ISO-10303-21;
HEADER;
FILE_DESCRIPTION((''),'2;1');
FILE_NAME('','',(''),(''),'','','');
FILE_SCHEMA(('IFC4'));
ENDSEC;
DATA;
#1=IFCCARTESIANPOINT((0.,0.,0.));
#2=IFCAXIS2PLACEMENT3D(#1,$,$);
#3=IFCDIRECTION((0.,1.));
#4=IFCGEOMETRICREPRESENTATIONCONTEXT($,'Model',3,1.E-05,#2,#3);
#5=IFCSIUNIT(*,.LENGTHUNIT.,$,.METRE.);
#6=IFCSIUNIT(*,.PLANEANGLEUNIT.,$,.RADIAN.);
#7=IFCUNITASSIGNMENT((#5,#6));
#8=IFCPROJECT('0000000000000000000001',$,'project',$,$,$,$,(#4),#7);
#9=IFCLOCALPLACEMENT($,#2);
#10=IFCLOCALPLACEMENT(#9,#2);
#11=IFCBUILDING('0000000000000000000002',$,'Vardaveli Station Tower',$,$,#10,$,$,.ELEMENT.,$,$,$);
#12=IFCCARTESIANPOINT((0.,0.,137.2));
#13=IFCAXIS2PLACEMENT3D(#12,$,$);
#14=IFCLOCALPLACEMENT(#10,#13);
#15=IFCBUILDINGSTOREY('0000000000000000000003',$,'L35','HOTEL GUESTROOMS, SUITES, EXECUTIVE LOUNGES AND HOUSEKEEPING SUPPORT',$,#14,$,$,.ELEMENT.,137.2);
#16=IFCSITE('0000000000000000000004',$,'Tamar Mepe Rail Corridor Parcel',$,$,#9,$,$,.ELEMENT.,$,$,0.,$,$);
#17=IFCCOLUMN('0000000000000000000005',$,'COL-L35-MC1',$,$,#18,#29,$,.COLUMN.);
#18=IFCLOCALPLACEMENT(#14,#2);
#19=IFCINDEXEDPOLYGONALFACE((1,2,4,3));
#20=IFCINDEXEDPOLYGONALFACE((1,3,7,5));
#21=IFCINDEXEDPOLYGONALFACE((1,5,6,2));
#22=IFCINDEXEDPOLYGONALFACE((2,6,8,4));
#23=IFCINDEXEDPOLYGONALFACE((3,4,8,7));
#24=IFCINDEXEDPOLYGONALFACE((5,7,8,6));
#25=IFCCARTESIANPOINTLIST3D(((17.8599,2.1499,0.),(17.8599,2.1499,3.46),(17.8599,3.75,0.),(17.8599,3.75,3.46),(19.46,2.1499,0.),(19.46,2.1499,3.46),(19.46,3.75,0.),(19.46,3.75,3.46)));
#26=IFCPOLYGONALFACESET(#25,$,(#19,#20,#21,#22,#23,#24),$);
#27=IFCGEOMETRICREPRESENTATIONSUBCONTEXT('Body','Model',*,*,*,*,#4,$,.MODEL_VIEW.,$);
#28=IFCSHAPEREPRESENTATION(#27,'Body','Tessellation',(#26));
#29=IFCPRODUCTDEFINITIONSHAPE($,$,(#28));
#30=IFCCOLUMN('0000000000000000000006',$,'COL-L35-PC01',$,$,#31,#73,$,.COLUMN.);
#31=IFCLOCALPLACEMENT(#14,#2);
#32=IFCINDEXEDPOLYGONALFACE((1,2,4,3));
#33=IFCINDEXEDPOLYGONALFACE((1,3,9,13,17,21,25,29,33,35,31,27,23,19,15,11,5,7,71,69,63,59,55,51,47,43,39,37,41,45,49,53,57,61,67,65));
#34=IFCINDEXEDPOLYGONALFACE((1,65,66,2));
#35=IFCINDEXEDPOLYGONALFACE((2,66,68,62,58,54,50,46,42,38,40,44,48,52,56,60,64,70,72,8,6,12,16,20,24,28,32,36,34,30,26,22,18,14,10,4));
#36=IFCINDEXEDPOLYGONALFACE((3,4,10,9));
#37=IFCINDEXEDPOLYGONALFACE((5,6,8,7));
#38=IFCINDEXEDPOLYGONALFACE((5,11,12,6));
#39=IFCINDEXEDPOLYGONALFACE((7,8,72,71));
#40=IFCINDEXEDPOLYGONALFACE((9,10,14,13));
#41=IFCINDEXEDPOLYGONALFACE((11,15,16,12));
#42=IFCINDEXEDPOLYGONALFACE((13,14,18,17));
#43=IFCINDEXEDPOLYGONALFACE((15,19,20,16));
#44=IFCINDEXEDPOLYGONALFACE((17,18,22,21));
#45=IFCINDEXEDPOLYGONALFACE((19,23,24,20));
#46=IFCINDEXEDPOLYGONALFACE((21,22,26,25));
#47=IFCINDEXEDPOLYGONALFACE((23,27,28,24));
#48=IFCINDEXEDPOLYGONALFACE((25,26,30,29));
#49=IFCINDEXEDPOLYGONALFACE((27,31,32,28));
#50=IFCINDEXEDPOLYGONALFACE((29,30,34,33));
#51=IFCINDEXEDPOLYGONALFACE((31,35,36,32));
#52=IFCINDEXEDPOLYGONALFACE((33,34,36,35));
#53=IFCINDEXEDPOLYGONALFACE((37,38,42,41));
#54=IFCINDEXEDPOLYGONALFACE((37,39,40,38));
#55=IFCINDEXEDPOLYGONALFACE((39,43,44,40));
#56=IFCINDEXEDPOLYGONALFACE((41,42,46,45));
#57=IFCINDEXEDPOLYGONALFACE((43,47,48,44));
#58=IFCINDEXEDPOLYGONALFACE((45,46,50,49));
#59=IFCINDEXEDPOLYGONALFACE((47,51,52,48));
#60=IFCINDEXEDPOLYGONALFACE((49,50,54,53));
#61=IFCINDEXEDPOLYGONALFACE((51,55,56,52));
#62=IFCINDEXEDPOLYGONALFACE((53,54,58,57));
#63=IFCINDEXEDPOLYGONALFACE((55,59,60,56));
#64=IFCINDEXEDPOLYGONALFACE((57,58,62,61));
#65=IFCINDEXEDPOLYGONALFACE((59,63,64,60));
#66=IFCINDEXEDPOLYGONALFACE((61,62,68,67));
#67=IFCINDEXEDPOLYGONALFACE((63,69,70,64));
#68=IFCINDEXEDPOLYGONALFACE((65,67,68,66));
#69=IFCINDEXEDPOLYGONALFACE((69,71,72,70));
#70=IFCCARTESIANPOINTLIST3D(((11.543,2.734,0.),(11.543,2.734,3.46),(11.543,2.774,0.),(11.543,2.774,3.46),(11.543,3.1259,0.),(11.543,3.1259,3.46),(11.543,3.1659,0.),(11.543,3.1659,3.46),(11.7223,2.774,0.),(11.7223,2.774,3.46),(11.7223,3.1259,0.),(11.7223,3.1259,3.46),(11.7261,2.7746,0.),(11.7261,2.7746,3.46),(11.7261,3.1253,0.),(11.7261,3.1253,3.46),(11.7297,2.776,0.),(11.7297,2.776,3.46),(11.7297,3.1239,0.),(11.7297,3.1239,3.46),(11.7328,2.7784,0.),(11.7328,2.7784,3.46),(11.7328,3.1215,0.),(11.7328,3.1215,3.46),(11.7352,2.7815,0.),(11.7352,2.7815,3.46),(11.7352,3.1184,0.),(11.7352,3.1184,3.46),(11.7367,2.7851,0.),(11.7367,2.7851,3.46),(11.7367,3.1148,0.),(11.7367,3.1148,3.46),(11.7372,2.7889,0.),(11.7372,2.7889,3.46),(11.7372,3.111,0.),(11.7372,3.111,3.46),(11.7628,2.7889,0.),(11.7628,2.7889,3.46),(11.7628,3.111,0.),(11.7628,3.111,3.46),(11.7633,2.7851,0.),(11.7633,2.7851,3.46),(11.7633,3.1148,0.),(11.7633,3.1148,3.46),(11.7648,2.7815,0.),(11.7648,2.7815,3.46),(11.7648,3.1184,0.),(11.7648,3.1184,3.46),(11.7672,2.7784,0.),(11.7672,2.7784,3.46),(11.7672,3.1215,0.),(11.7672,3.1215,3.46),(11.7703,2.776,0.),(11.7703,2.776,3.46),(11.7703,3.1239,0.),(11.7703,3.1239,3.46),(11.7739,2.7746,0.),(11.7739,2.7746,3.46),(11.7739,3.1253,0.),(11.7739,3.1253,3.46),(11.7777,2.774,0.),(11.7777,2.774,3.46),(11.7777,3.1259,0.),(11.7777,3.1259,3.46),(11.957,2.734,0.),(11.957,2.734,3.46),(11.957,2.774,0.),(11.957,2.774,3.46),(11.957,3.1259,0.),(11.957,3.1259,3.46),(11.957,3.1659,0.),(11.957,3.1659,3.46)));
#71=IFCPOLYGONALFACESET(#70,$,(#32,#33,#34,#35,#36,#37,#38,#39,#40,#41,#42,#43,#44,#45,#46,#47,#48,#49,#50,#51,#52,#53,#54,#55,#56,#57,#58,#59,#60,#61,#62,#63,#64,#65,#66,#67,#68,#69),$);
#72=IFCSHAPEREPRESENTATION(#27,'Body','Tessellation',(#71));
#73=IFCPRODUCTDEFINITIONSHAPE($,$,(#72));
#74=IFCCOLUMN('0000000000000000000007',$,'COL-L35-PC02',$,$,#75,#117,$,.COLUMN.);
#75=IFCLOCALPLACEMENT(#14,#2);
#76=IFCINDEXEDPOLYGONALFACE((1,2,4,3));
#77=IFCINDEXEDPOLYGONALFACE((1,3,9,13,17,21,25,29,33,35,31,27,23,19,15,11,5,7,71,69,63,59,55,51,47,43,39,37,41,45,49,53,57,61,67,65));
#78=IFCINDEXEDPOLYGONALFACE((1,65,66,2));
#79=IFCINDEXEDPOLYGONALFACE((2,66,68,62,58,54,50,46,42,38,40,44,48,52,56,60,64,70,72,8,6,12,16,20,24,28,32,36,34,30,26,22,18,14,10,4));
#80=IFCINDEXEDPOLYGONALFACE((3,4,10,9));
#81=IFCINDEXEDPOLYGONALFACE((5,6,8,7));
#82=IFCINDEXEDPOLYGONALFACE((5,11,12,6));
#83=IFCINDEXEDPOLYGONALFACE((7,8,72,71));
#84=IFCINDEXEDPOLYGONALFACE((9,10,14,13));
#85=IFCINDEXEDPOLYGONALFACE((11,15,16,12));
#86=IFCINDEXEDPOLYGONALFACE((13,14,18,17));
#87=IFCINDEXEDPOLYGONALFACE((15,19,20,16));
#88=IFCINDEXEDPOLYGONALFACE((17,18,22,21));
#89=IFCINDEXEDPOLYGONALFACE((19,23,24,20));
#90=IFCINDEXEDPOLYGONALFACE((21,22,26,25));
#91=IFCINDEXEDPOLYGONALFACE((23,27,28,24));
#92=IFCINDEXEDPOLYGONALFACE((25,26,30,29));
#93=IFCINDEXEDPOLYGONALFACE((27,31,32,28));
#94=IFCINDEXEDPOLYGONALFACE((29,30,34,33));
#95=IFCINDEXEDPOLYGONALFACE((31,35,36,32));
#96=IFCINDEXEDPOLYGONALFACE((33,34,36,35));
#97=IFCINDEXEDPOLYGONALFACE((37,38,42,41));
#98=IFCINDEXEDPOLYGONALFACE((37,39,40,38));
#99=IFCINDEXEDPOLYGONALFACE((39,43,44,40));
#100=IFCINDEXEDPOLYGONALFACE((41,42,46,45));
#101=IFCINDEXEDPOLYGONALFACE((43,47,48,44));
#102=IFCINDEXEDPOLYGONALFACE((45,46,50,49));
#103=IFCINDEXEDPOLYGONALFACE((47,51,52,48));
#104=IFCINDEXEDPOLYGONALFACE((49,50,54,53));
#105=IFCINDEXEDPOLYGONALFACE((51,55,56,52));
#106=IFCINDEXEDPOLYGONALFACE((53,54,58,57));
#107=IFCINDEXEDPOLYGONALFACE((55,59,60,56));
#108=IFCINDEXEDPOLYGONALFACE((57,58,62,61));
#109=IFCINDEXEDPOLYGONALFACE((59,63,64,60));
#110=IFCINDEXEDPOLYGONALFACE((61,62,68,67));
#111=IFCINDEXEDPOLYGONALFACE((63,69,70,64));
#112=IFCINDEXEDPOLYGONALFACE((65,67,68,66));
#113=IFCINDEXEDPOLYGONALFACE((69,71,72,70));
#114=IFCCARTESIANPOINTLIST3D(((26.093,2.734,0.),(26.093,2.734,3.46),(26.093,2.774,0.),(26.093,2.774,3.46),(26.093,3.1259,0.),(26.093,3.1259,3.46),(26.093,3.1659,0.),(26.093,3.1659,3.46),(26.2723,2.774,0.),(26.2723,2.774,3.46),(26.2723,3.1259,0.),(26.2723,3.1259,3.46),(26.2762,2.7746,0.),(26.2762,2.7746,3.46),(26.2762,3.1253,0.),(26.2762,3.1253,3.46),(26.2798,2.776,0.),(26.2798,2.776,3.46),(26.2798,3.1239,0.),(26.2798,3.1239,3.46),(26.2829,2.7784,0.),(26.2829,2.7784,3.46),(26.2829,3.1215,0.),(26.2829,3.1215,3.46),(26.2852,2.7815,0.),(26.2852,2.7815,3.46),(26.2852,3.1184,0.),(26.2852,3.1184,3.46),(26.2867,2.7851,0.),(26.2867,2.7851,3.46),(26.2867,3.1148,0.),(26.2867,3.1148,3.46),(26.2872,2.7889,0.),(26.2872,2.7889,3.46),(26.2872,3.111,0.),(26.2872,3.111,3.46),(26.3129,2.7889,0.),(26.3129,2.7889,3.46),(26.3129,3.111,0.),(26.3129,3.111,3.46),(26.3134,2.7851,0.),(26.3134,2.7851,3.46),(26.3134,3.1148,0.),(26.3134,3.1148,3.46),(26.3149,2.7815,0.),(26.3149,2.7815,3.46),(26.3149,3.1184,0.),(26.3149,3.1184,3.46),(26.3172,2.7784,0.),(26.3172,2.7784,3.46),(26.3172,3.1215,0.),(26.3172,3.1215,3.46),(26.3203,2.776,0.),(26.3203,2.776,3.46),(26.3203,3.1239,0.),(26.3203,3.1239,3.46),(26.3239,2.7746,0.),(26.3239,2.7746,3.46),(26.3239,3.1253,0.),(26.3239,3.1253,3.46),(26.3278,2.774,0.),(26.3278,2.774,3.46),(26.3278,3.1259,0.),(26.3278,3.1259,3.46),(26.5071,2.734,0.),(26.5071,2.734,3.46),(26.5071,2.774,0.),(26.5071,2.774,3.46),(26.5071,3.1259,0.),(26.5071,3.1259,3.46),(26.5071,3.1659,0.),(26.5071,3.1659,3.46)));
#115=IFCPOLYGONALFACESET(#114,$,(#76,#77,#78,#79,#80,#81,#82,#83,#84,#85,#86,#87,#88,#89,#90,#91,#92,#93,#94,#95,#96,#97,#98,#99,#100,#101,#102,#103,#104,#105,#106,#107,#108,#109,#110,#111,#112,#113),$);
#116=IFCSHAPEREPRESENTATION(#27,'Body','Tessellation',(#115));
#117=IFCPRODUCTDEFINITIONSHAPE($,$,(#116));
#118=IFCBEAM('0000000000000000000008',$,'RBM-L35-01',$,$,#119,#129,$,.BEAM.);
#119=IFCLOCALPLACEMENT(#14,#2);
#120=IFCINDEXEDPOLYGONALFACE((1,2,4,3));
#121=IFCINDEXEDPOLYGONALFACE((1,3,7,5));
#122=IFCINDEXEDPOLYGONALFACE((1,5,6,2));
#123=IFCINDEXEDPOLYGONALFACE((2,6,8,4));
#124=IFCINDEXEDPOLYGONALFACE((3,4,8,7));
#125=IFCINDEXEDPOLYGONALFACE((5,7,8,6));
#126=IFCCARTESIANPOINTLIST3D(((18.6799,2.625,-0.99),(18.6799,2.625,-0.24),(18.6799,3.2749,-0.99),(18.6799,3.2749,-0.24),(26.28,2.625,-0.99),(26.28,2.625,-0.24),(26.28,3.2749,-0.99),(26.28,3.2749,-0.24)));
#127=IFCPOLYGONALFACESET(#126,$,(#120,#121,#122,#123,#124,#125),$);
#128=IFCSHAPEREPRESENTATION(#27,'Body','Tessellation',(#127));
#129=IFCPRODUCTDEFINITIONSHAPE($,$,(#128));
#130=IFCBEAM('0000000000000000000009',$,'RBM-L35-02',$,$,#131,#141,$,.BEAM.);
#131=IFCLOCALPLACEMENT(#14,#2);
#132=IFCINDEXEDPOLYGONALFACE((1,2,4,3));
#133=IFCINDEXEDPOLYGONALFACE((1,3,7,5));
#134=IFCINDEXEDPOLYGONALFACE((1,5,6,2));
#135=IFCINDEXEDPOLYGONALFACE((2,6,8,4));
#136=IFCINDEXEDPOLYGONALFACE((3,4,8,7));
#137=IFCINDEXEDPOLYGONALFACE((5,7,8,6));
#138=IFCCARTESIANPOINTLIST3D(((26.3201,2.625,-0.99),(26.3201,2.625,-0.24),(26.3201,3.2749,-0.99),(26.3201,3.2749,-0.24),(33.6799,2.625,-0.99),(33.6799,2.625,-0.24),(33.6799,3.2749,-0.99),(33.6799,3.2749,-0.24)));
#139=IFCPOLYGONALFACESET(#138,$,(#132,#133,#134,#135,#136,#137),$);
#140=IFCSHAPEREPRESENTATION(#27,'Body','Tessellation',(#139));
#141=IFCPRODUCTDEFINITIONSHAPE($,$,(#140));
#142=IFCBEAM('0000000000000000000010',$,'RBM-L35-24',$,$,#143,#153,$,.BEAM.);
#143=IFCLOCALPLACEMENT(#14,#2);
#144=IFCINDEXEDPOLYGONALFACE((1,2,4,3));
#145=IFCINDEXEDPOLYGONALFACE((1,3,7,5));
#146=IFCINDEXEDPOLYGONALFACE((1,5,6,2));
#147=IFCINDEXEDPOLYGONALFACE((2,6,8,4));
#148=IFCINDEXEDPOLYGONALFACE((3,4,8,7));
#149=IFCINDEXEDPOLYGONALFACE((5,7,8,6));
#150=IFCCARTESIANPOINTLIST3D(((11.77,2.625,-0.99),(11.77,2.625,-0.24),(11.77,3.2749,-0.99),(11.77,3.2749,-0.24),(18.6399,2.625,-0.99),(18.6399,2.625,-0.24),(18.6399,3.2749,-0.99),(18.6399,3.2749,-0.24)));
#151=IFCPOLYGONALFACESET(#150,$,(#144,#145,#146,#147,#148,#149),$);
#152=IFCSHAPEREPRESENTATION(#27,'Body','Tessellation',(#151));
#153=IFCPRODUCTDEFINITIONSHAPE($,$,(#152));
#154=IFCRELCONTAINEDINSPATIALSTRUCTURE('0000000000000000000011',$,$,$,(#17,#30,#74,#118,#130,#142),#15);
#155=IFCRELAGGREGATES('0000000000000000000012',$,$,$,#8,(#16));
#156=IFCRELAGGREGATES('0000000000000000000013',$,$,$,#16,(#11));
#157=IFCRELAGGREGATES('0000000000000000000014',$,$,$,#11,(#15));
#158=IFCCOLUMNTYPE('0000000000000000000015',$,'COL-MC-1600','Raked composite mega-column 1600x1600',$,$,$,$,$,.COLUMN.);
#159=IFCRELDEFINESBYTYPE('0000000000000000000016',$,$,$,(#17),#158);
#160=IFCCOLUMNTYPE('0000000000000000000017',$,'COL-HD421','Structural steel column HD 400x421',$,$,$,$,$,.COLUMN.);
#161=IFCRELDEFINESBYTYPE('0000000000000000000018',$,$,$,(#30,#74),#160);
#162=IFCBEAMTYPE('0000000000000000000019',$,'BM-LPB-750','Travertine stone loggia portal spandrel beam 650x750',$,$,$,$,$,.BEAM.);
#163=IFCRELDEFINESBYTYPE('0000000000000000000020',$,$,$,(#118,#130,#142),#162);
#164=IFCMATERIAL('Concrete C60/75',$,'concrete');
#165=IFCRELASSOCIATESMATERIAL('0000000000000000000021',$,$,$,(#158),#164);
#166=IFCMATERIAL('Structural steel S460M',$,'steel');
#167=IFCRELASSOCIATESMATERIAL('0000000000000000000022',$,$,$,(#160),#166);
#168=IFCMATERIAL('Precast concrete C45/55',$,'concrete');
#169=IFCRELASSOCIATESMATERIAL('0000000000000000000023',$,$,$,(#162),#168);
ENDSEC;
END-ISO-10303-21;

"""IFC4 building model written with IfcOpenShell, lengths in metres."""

from ifc_helpers import new_model, si_unit, direction, frame, origin, origin_2d, place, context, subcontext, project, spatial, rectangle, i_section, extrude, source, transform, mapped, material, material_profile, profile_set, type_object, element, save


model = new_model("IFC4")

# Units and contexts
model_context = context("Model", 3, precision=1e-05, world=origin(), true_north=direction((0.0, 1.0)))
body_context = subcontext(model_context, "Body", "Model", "MODEL_VIEW")
ifc_project = project(units=[si_unit("LENGTHUNIT", "METRE"), si_unit("PLANEANGLEUNIT", "RADIAN")], contexts=[model_context])

# Site, building, storey
site_placement = place(None, origin())
site = spatial("IfcSite", under=ifc_project, at=site_placement, Name="Tamar Mepe Rail Corridor Parcel", CompositionType="ELEMENT", RefElevation=0.0)
building_placement = place(site_placement, origin())
building = spatial("IfcBuilding", under=site, at=building_placement, Name="Vardaveli Station Tower", CompositionType="ELEMENT")
storey_placement = place(building_placement, frame((0.0, 0.0, 137.2)))
storey = spatial("IfcBuildingStorey", under=building, at=storey_placement, Name="L35", Description="HOTEL GUESTROOMS, SUITES, EXECUTIVE LOUNGES AND HOUSEKEEPING SUPPORT", CompositionType="ELEMENT", Elevation=137.2)

# Columns
ifc_material_1 = material(Name="Concrete C60/75", Category="concrete")
ifc_material_profile_1 = material_profile(ifc_material_1, rectangle(XDim=1.6001, YDim=1.6001, at=origin_2d()), Name="MC 1600x1600")
ifc_profile_set_1 = profile_set([ifc_material_profile_1], Name="Concrete C60/75")
column_type_1 = type_object("IfcColumnType", Name="COL-MC-1600", Description="Raked composite mega-column 1600x1600", PredefinedType="COLUMN", material=ifc_profile_set_1)
shared_shape_1 = source(origin(), body_context, "Body", "SweptSolid", [
    extrude(rectangle(XDim=1.6001, YDim=1.6001, at=origin_2d()), origin(), (0.0, 0.0, 1.0), 3.46),
])
column_placement = place(storey_placement, frame((18.6599, 2.95, 0.0), z_axis=(0.0, 0.0, 1.0), x_axis=(1.0, 0.0, 0.0)))
element("IfcColumn", 1, at=column_placement, inside=storey, type_object=column_type_1, Name="COL-L35-MC1", PredefinedType="COLUMN", context=body_context, shape_type="MappedRepresentation", body=[
    mapped(shared_shape_1, transform((0.0, 0.0, 0.0), scale=1.0)),
])
ifc_material_2 = material(Name="Structural steel S460M", Category="steel")
ifc_material_profile_2 = material_profile(ifc_material_2, i_section(OverallWidth=0.4141, OverallDepth=0.4319, WebThickness=0.0256, FlangeThickness=0.04, FilletRadius=0.0149, at=origin_2d()), Name="HD 400x421")
ifc_profile_set_2 = profile_set([ifc_material_profile_2], Name="Structural steel S460M")
column_type_2 = type_object("IfcColumnType", Name="COL-HD421", Description="Structural steel column HD 400x421", PredefinedType="COLUMN", material=ifc_profile_set_2)
shared_shape_2 = source(origin(), body_context, "Body", "SweptSolid", [
    extrude(i_section(OverallWidth=0.4141, OverallDepth=0.4319, WebThickness=0.0256, FlangeThickness=0.04, FilletRadius=0.0149, at=origin_2d()), origin(), (0.0, 0.0, 1.0), 3.46),
])
for number, where, z_axis, x_axis, name in (
    (2, (11.75, 2.95, 0.0), (0.0, 0.0, 1.0), (1.0, 0.0, 0.0), "COL-L35-PC01"),
    (3, (26.3, 2.95, 0.0), (0.0, 0.0, 1.0), (1.0, 0.0, 0.0), "COL-L35-PC02"),
):
    element("IfcColumn", number, at=place(storey_placement, frame(where, z_axis=z_axis, x_axis=x_axis)), inside=storey, type_object=column_type_2, Name=name, PredefinedType="COLUMN", context=body_context, shape_type="MappedRepresentation", body=[
        mapped(shared_shape_2, transform((0.0, 0.0, 0.0), scale=1.0)),
    ])

# Beams
ifc_material_3 = material(Name="Precast concrete C45/55", Category="concrete")
ifc_material_profile_3 = material_profile(ifc_material_3, rectangle(XDim=0.6499, YDim=0.75, at=origin_2d()), Name="LPB 650x750")
ifc_profile_set_3 = profile_set([ifc_material_profile_3], Name="Precast concrete C45/55")
beam_type_1 = type_object("IfcBeamType", Name="BM-LPB-750", Description="Travertine stone loggia portal spandrel beam 650x750", PredefinedType="BEAM", material=ifc_profile_set_3)
shared_shape_3 = source(origin(), body_context, "Body", "SweptSolid", [
    extrude(rectangle(XDim=0.6499, YDim=0.75, at=origin_2d()), origin(), (0.0, 0.0, 1.0), 7.6001),
])
beam_1_placement = place(storey_placement, frame((18.6799, 2.95, -0.615), z_axis=(1.0, 0.0, 0.0), x_axis=(0.0, 1.0, 0.0)))
element("IfcBeam", 4, at=beam_1_placement, inside=storey, type_object=beam_type_1, Name="RBM-L35-01", PredefinedType="BEAM", context=body_context, shape_type="MappedRepresentation", body=[
    mapped(shared_shape_3, transform((0.0, 0.0, 0.0), scale=1.0)),
])
shared_shape_4 = source(origin(), body_context, "Body", "SweptSolid", [
    extrude(rectangle(XDim=0.6499, YDim=0.75, at=origin_2d()), origin(), (0.0, 0.0, 1.0), 7.3599),
])
beam_2_placement = place(storey_placement, frame((26.3201, 2.95, -0.615), z_axis=(1.0, 0.0, 0.0), x_axis=(0.0, 1.0, 0.0)))
element("IfcBeam", 5, at=beam_2_placement, inside=storey, type_object=beam_type_1, Name="RBM-L35-02", PredefinedType="BEAM", context=body_context, shape_type="MappedRepresentation", body=[
    mapped(shared_shape_4, transform((0.0, 0.0, 0.0), scale=1.0)),
])
shared_shape_5 = source(origin(), body_context, "Body", "SweptSolid", [
    extrude(rectangle(XDim=0.6499, YDim=0.75, at=origin_2d()), origin(), (0.0, 0.0, 1.0), 6.8699),
])
beam_3_placement = place(storey_placement, frame((11.77, 2.95, -0.615), z_axis=(1.0, 0.0, 0.0), x_axis=(0.0, 1.0, 0.0)))
element("IfcBeam", 6, at=beam_3_placement, inside=storey, type_object=beam_type_1, Name="RBM-L35-24", PredefinedType="BEAM", context=body_context, shape_type="MappedRepresentation", body=[
    mapped(shared_shape_5, transform((0.0, 0.0, 0.0), scale=1.0)),
])

save(model, "model.ifc")
